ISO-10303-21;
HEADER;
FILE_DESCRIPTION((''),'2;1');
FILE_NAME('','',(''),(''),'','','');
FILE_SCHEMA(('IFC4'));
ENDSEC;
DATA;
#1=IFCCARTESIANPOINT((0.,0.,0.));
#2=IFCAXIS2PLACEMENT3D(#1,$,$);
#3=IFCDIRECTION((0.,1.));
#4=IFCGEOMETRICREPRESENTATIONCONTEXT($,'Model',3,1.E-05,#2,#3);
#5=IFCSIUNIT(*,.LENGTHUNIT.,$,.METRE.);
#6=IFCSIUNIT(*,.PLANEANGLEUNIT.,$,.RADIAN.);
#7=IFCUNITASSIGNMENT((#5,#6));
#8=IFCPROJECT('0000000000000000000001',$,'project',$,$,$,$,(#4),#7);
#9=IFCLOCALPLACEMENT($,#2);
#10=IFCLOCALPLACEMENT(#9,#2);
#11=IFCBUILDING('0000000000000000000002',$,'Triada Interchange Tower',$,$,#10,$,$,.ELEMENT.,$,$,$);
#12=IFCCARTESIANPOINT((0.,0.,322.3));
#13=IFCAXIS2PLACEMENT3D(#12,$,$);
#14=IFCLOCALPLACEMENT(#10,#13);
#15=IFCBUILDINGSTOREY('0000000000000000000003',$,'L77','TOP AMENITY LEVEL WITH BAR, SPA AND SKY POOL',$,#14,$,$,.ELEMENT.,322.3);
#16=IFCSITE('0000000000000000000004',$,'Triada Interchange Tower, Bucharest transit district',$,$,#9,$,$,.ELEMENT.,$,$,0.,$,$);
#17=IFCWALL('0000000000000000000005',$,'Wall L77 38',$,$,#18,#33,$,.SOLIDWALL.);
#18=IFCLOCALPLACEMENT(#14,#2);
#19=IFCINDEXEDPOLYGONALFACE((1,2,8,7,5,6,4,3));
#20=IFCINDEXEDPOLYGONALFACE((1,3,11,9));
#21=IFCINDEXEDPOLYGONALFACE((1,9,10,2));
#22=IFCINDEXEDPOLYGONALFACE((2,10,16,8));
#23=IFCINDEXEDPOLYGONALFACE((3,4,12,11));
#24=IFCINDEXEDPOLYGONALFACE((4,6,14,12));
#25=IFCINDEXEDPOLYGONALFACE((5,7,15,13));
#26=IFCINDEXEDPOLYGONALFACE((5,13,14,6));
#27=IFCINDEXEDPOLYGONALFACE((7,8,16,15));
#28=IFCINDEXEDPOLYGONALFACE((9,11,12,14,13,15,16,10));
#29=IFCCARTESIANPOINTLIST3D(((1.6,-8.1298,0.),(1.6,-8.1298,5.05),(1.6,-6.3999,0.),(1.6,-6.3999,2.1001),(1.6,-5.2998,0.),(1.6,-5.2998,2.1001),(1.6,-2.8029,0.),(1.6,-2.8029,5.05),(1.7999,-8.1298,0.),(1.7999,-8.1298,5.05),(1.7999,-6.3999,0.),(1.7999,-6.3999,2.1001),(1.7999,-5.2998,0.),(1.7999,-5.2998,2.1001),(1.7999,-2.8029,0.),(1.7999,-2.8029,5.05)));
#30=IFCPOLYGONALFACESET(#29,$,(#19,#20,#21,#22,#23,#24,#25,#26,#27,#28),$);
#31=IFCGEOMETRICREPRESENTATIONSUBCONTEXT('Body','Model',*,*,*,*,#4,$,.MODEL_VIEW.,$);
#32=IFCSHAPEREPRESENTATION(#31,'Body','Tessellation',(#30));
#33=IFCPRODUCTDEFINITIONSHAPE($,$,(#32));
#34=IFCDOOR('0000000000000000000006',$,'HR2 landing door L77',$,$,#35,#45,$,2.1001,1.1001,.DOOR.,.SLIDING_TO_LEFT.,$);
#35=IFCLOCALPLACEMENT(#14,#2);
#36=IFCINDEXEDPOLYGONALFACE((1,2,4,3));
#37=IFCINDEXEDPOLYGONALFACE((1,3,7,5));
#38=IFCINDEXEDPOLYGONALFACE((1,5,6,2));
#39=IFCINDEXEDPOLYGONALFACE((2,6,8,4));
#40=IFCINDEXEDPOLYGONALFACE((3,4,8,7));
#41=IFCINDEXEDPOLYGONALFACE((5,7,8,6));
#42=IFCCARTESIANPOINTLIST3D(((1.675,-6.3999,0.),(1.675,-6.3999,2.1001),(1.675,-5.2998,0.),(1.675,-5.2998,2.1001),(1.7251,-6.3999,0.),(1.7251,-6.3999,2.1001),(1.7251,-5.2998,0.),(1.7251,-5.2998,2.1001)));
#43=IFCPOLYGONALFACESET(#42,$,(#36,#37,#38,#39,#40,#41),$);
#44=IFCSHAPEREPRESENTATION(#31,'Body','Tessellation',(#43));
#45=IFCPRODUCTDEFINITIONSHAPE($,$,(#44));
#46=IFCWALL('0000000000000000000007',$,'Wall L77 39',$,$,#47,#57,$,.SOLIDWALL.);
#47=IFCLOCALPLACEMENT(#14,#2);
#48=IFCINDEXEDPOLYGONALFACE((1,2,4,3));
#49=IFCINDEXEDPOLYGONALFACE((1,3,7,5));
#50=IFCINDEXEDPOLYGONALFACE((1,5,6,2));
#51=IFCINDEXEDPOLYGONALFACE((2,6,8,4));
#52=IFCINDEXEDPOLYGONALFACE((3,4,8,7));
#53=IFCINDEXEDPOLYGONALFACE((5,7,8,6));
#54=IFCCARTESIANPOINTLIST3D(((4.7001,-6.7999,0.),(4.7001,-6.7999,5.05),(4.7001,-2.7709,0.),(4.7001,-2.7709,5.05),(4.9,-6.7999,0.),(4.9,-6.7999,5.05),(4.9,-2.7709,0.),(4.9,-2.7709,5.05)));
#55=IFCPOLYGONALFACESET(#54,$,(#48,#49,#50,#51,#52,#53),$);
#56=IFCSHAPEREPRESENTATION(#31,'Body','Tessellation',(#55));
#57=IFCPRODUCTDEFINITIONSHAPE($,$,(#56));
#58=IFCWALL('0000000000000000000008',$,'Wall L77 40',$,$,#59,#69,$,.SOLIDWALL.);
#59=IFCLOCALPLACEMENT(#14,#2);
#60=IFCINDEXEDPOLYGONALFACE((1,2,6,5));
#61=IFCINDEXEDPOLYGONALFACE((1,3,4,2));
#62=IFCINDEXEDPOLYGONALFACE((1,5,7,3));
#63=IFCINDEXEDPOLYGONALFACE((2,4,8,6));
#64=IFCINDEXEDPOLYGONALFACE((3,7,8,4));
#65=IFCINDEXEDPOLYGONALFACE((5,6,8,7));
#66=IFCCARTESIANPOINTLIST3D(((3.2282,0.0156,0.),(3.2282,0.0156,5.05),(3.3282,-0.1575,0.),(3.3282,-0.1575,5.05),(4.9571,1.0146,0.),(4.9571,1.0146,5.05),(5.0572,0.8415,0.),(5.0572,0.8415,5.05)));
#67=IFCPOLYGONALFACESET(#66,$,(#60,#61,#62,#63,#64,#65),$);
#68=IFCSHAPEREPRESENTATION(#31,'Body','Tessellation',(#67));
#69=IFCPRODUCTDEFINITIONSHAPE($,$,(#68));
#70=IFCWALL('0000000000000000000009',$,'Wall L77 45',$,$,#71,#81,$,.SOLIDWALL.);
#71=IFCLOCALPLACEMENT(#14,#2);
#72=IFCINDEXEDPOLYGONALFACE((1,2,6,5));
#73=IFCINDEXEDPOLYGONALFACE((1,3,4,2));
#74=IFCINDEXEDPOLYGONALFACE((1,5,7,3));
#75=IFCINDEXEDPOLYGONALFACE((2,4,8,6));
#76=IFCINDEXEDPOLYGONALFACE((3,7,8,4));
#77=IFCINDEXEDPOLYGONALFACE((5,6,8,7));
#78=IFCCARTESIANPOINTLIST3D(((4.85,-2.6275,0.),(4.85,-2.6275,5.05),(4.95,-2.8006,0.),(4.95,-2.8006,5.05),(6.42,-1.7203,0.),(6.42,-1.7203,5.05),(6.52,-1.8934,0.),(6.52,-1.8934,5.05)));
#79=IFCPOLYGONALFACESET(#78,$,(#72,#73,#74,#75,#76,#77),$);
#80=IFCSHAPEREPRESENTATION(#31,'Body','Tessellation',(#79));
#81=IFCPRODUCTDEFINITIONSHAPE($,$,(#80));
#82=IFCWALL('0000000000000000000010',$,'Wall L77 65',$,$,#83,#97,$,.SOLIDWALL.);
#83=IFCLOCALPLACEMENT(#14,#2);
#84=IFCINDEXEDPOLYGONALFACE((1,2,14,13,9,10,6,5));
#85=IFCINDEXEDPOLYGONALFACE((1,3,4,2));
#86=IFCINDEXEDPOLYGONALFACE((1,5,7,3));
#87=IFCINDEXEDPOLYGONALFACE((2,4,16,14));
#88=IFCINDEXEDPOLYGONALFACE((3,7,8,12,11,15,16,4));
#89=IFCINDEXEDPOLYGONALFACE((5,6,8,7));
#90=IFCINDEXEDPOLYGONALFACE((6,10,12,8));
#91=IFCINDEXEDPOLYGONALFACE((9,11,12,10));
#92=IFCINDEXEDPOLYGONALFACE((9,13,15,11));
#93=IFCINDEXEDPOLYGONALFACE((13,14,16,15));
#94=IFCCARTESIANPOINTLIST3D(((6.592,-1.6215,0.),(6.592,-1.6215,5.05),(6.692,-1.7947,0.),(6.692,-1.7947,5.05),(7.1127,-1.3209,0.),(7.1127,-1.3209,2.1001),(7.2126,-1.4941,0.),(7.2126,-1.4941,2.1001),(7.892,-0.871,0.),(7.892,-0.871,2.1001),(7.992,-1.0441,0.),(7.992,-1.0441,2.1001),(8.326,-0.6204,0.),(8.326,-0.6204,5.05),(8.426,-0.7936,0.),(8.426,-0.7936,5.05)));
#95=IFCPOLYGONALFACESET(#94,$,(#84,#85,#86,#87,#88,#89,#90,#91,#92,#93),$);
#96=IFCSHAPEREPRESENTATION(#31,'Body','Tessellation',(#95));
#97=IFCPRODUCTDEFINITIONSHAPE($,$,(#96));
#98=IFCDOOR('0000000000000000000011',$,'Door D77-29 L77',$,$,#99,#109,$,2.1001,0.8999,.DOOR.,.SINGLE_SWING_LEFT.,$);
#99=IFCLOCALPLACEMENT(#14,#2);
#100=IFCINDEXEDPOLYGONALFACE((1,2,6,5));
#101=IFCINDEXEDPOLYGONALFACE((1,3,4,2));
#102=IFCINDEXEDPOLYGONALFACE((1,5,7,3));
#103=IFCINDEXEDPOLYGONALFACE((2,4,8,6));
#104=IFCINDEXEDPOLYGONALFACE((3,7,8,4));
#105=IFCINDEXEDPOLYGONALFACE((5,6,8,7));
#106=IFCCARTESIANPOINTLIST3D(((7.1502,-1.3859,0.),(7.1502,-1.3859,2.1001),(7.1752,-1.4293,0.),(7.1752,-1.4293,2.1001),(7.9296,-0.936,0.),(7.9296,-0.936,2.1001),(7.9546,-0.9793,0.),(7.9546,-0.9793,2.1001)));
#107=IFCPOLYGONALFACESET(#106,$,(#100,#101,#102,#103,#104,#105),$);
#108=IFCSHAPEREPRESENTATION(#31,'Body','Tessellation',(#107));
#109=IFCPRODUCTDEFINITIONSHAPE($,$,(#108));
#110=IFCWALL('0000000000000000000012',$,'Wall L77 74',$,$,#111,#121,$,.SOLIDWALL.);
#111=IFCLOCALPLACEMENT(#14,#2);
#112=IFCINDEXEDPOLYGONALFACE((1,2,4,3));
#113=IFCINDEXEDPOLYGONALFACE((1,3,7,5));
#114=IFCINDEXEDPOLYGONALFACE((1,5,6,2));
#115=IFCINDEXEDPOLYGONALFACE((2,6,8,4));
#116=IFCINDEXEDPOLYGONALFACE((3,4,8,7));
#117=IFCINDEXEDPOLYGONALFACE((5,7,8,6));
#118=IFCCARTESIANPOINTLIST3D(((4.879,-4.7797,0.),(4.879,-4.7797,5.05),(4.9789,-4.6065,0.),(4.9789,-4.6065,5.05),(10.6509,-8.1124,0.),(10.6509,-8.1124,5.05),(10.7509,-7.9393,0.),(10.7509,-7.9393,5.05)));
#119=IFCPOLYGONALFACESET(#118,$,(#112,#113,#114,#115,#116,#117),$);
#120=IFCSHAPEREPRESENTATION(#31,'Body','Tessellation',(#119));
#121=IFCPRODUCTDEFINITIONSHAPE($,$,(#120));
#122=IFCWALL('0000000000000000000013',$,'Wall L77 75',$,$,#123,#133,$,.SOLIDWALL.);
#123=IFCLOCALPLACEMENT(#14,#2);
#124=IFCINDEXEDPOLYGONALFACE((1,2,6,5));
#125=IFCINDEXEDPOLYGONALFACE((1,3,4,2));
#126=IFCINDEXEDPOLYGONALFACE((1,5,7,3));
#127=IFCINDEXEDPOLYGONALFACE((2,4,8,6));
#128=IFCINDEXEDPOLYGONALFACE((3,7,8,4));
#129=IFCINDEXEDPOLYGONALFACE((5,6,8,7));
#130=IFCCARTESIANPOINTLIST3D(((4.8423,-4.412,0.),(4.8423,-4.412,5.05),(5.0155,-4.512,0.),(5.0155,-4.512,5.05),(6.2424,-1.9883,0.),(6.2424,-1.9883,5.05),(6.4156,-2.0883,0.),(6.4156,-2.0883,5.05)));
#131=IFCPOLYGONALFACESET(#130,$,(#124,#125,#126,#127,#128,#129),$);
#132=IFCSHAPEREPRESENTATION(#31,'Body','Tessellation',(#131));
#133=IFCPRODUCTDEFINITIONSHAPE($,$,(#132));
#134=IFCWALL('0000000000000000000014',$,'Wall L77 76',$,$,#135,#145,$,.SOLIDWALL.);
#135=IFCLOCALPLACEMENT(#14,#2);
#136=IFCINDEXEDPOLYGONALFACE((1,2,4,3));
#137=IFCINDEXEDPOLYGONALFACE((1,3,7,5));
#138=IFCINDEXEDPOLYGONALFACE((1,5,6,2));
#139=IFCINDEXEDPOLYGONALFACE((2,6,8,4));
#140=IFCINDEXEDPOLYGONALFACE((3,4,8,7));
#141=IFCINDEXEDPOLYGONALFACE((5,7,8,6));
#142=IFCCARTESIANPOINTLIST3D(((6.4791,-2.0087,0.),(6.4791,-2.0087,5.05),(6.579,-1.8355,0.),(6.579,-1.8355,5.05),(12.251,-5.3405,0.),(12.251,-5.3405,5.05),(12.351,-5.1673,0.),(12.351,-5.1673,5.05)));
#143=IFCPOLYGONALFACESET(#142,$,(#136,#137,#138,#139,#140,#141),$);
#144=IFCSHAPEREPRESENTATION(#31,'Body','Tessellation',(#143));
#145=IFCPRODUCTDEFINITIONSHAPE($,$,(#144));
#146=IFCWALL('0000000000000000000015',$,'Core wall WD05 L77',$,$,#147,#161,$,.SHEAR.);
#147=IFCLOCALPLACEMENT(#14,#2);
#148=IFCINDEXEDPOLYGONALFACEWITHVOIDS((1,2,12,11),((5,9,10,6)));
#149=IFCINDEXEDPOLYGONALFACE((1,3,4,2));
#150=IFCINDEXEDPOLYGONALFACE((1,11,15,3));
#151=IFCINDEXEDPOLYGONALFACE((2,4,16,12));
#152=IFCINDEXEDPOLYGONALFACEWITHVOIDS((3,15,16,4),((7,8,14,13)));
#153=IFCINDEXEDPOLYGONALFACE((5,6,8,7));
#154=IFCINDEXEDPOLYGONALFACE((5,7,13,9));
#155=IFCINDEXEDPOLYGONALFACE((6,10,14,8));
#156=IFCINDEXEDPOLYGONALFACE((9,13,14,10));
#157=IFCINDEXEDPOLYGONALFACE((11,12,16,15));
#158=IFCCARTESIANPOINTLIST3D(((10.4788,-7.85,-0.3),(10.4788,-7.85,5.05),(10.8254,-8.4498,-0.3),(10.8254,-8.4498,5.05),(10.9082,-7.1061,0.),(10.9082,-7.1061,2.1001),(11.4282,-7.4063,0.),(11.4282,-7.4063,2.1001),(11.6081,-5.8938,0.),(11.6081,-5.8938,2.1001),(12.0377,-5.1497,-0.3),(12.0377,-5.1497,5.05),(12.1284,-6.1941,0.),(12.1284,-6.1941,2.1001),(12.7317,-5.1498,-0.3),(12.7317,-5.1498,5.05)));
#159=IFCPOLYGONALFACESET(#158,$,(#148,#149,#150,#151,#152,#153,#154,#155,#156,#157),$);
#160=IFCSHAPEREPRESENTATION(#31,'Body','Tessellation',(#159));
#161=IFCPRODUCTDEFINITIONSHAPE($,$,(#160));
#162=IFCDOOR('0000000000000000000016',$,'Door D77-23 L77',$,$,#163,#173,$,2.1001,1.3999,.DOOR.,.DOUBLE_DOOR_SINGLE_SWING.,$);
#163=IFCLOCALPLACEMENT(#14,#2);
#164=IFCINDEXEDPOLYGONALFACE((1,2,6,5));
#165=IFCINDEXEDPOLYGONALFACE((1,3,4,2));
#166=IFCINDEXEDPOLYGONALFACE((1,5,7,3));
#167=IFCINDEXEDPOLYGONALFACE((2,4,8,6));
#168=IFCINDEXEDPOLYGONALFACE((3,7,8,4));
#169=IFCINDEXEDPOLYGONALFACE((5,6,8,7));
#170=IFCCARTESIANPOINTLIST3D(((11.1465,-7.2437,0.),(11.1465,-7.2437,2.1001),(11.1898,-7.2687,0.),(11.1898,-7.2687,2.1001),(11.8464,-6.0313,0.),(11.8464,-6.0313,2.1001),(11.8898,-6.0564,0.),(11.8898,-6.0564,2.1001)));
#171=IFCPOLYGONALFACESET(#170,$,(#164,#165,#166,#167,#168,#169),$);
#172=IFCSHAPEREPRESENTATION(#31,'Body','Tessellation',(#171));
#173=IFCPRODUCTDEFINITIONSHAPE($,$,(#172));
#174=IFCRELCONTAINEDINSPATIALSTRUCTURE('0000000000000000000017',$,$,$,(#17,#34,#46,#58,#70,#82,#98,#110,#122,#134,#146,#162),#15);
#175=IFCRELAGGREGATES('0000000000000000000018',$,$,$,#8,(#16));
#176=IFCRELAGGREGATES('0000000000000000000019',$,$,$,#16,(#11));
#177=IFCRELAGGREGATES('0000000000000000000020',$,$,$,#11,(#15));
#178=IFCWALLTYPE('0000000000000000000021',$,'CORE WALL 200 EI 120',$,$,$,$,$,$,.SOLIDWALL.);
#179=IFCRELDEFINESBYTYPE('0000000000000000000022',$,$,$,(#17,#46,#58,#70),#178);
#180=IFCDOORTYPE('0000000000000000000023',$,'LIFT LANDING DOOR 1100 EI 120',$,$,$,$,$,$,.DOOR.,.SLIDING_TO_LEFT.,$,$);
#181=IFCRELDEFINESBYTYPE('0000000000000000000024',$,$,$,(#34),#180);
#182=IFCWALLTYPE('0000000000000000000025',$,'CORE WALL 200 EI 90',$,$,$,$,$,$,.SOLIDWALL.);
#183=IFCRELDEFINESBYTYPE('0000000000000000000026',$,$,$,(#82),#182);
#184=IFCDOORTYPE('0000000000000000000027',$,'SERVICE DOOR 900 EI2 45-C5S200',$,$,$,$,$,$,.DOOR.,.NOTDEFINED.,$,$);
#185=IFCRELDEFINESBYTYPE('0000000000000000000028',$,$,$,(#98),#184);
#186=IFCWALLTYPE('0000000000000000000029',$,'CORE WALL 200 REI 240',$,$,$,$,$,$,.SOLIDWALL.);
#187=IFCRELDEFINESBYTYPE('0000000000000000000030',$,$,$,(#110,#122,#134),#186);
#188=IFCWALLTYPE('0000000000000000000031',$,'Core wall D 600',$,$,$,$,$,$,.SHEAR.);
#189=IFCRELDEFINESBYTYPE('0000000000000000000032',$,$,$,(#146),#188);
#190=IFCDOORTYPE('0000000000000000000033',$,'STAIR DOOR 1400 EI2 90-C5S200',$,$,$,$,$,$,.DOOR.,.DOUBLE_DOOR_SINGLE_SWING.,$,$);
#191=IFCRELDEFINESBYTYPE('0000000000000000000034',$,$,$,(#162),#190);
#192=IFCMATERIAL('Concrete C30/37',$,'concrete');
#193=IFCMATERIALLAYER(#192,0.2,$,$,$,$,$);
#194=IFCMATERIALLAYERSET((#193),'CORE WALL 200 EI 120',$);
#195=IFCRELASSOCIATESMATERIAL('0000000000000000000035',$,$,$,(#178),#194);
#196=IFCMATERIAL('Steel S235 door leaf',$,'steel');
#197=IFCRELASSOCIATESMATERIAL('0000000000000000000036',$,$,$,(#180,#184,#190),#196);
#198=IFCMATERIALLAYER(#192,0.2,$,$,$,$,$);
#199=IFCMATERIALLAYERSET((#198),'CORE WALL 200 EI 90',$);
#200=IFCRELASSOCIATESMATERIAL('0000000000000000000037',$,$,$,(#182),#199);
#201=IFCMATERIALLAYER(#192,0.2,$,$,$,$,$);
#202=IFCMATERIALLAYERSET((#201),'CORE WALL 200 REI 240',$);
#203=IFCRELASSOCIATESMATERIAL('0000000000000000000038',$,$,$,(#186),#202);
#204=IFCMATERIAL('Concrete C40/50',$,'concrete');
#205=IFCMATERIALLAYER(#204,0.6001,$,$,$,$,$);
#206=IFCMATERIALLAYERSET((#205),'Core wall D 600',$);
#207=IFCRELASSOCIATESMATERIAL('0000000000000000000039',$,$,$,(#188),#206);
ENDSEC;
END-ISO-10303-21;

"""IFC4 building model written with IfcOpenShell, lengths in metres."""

from ifc_helpers import new_model, si_unit, direction, frame, frame_2d, origin, place, context, subcontext, project, spatial, polyline, rectangle, outline, extrude, material, layer, layer_set, type_object, element, fill, save


model = new_model("IFC4")

# Units and contexts
model_context = context("Model", 3, precision=1e-05, world=origin(), true_north=direction((0.0, 1.0)))
body_context = subcontext(model_context, "Body", "Model", "MODEL_VIEW")
ifc_project = project(units=[si_unit("LENGTHUNIT", "METRE"), si_unit("PLANEANGLEUNIT", "RADIAN")], contexts=[model_context])

# Site, building, storey
site_placement = place(None, origin())
site = spatial("IfcSite", under=ifc_project, at=site_placement, Name="Triada Interchange Tower, Bucharest transit district", CompositionType="ELEMENT", RefElevation=0.0)
building_placement = place(site_placement, origin())
building = spatial("IfcBuilding", under=site, at=building_placement, Name="Triada Interchange Tower", CompositionType="ELEMENT")
storey_placement = place(building_placement, frame((0.0, 0.0, 322.3)))
storey = spatial("IfcBuildingStorey", under=building, at=storey_placement, Name="L77", Description="TOP AMENITY LEVEL WITH BAR, SPA AND SKY POOL", CompositionType="ELEMENT", Elevation=322.3)

# Shared definitions
ifc_material_1 = material(Name="Concrete C40/50", Category="concrete")

# Shared definitions
ifc_material_2 = material(Name="Concrete C30/37", Category="concrete")
ifc_layer_1 = layer(ifc_material_2, 0.2)
ifc_layer_set_1 = layer_set([ifc_layer_1], Name="CORE WALL 200 EI 120")
wall_type_1 = type_object("IfcWallType", Name="CORE WALL 200 EI 120", PredefinedType="SOLIDWALL", material=ifc_layer_set_1)

# Wall, opening, door
ifc_material_3 = material(Name="Steel S235 door leaf", Category="steel")
door_type_1 = type_object("IfcDoorType", Name="LIFT LANDING DOOR 1100 EI 120", OperationType="SLIDING_TO_LEFT", PredefinedType="DOOR", material=ifc_material_3)
wall_1_placement = place(storey_placement, frame((1.7, -8.1299, 0.0), z_axis=(0.0, 0.0, 1.0), x_axis=(0.0, 1.0, 0.0)))
wall_1 = element("IfcWall", 1, at=wall_1_placement, inside=storey, type_object=wall_type_1, Name="Wall L77 38", PredefinedType="SOLIDWALL", context=body_context, shape_type="SweptSolid", body=[
    extrude(rectangle(XDim=5.3269, YDim=0.2, at=frame_2d((2.6636, 0.0))), origin(), (0.0, 0.0, 1.0), 5.05),
])
opening_1_placement = place(wall_1_placement, frame((1.73, 0.0, 0.0)))
opening_1 = element("IfcOpeningElement", 2, at=opening_1_placement, cuts=wall_1, PredefinedType="OPENING", context=body_context, shape_type="SweptSolid", body=[
    extrude(rectangle(XDim=1.1001, YDim=2.1001, at=frame_2d((0.55, 1.05))), frame((0.0, 0.1099, 0.0), z_axis=(0.0, -1.0, 0.0), x_axis=(1.0, 0.0, 0.0)), (0.0, 0.0, 1.0), 0.22),
])
door_1_placement = place(opening_1_placement, origin())
door_1 = element("IfcDoor", 3, at=door_1_placement, inside=storey, type_object=door_type_1, Name="HR2 landing door L77", OperationType="SLIDING_TO_LEFT", OverallHeight=2.1001, OverallWidth=1.1001, PredefinedType="DOOR", context=body_context, shape_type="SweptSolid", body=[
    extrude(rectangle(XDim=1.1001, YDim=2.1001, at=frame_2d((0.55, 1.05))), frame((0.0, 0.0249, 0.0), z_axis=(0.0, -1.0, 0.0), x_axis=(1.0, 0.0, 0.0)), (0.0, 0.0, 1.0), 0.05),
])
fill(opening_1, door_1)

# Walls
wall_2_placement = place(storey_placement, frame((4.8, -6.8, 0.0), z_axis=(0.0, 0.0, 1.0), x_axis=(0.0, 1.0, 0.0)))
element("IfcWall", 4, at=wall_2_placement, inside=storey, type_object=wall_type_1, Name="Wall L77 39", PredefinedType="SOLIDWALL", context=body_context, shape_type="SweptSolid", body=[
    extrude(rectangle(XDim=4.0291, YDim=0.2, at=frame_2d((2.0146, 0.0))), origin(), (0.0, 0.0, 1.0), 5.05),
])
wall_3_placement = place(storey_placement, frame((3.2781, -0.071, 0.0), z_axis=(0.0, 0.0, 1.0), x_axis=(0.865856, 0.500294, 0.0)))
element("IfcWall", 5, at=wall_3_placement, inside=storey, type_object=wall_type_1, Name="Wall L77 40", PredefinedType="SOLIDWALL", context=body_context, shape_type="SweptSolid", body=[
    extrude(rectangle(XDim=1.9968, YDim=0.2, at=frame_2d((0.9985, 0.0))), origin(), (0.0, 0.0, 1.0), 5.05),
])
wall_4_placement = place(storey_placement, frame((4.8999, -2.7141, 0.0), z_axis=(0.0, 0.0, 1.0), x_axis=(0.865847, 0.500309, 0.0)))
element("IfcWall", 6, at=wall_4_placement, inside=storey, type_object=wall_type_1, Name="Wall L77 45", PredefinedType="SOLIDWALL", context=body_context, shape_type="SweptSolid", body=[
    extrude(rectangle(XDim=1.8132, YDim=0.2, at=frame_2d((0.9067, 0.0))), origin(), (0.0, 0.0, 1.0), 5.05),
])

# Wall, opening, door
ifc_layer_2 = layer(ifc_material_2, 0.2)
ifc_layer_set_2 = layer_set([ifc_layer_2], Name="CORE WALL 200 EI 90")
wall_type_2 = type_object("IfcWallType", Name="CORE WALL 200 EI 90", PredefinedType="SOLIDWALL", material=ifc_layer_set_2)
wall_5_placement = place(storey_placement, frame((6.6421, -1.708, 0.0), z_axis=(0.0, 0.0, 1.0), x_axis=(0.866043, 0.499969, 0.0)))
wall_5 = element("IfcWall", 7, at=wall_5_placement, inside=storey, type_object=wall_type_2, Name="Wall L77 65", PredefinedType="SOLIDWALL", context=body_context, shape_type="SweptSolid", body=[
    extrude(rectangle(XDim=2.0022, YDim=0.2, at=frame_2d((1.001, 0.0))), origin(), (0.0, 0.0, 1.0), 5.05),
])
opening_2_placement = place(wall_5_placement, frame((0.6011, 0.0, 0.0)))
opening_2 = element("IfcOpeningElement", 8, at=opening_2_placement, cuts=wall_5, PredefinedType="OPENING", context=body_context, shape_type="SweptSolid", body=[
    extrude(rectangle(XDim=0.8999, YDim=2.1001, at=frame_2d((0.45, 1.05))), frame((0.0, 0.1099, 0.0), z_axis=(0.0, -1.0, 0.0), x_axis=(1.0, 0.0, 0.0)), (0.0, 0.0, 1.0), 0.22),
])
door_type_2 = type_object("IfcDoorType", Name="SERVICE DOOR 900 EI2 45-C5S200", OperationType="NOTDEFINED", PredefinedType="DOOR", material=ifc_material_3)
door_2_placement = place(opening_2_placement, origin())
door_2 = element("IfcDoor", 9, at=door_2_placement, inside=storey, type_object=door_type_2, Name="Door D77-29 L77", OperationType="SINGLE_SWING_LEFT", OverallHeight=2.1001, OverallWidth=0.8999, PredefinedType="DOOR", context=body_context, shape_type="SweptSolid", body=[
    extrude(rectangle(XDim=0.8999, YDim=2.1001, at=frame_2d((0.45, 1.05))), frame((0.0, 0.0249, 0.0), z_axis=(0.0, -1.0, 0.0), x_axis=(1.0, 0.0, 0.0)), (0.0, 0.0, 1.0), 0.05),
])
fill(opening_2, door_2)

# Walls
ifc_layer_3 = layer(ifc_material_2, 0.2)
ifc_layer_set_3 = layer_set([ifc_layer_3], Name="CORE WALL 200 REI 240")
wall_type_3 = type_object("IfcWallType", Name="CORE WALL 200 REI 240", PredefinedType="SOLIDWALL", material=ifc_layer_set_3)
wall_6_placement = place(storey_placement, frame((4.929, -4.6931, 0.0), z_axis=(0.0, 0.0, 1.0), x_axis=(0.866005, -0.500035, 0.0)))
element("IfcWall", 10, at=wall_6_placement, inside=storey, type_object=wall_type_3, Name="Wall L77 74", PredefinedType="SOLIDWALL", context=body_context, shape_type="SweptSolid", body=[
    extrude(rectangle(XDim=6.665, YDim=0.2, at=frame_2d((3.3325, 0.0))), origin(), (0.0, 0.0, 1.0), 5.05),
])
wall_7_placement = place(storey_placement, frame((4.929, -4.4619, 0.0), z_axis=(0.0, 0.0, 1.0), x_axis=(0.500201, 0.86591, 0.0)))
element("IfcWall", 11, at=wall_7_placement, inside=storey, type_object=wall_type_3, Name="Wall L77 75", PredefinedType="SOLIDWALL", context=body_context, shape_type="SweptSolid", body=[
    extrude(rectangle(XDim=2.7991, YDim=0.2, at=frame_2d((1.3994, 0.0))), origin(), (0.0, 0.0, 1.0), 5.05),
])
wall_8_placement = place(storey_placement, frame((6.5291, -1.9221, 0.0), z_axis=(0.0, 0.0, 1.0), x_axis=(0.866068, -0.499925, 0.0)))
element("IfcWall", 12, at=wall_8_placement, inside=storey, type_object=wall_type_3, Name="Wall L77 76", PredefinedType="SOLIDWALL", context=body_context, shape_type="SweptSolid", body=[
    extrude(rectangle(XDim=6.6646, YDim=0.2, at=frame_2d((3.3323, 0.0))), origin(), (0.0, 0.0, 1.0), 5.05),
])

# Wall, opening, door
ifc_layer_4 = layer(ifc_material_1, 0.6001)
ifc_layer_set_4 = layer_set([ifc_layer_4], Name="Core wall D 600")
wall_type_4 = type_object("IfcWallType", Name="Core wall D 600", PredefinedType="SHEAR", material=ifc_layer_set_4)
wall_9_placement = place(storey_placement, frame((10.6521, -8.1499, -0.3), z_axis=(0.0, 0.0, 1.0), x_axis=(0.499975, 0.86604, 0.0)))
wall_9 = element("IfcWall", 13, at=wall_9_placement, inside=storey, type_object=wall_type_4, Name="Core wall WD05 L77", PredefinedType="SHEAR", context=body_context, shape_type="SweptSolid", body=[
    extrude(outline(polyline([(-0.1731, -0.3), (1.7324, -0.3005), (3.6379, -0.301), (3.291, 0.3), (1.7319, 0.3), (0.1731, 0.3), (-0.1731, -0.3)])), origin(), (0.0, 0.0, 1.0), 5.3501),
])
opening_3_placement = place(wall_9_placement, frame((1.032, 0.0, 0.3)))
opening_3 = element("IfcOpeningElement", 14, at=opening_3_placement, cuts=wall_9, PredefinedType="OPENING", context=body_context, shape_type="SweptSolid", body=[
    extrude(rectangle(XDim=1.3999, YDim=2.1001, at=frame_2d((0.7, 1.05))), frame((0.0, 0.3101, 0.0), z_axis=(0.0, -1.0, 0.0), x_axis=(1.0, 0.0, 0.0)), (0.0, 0.0, 1.0), 0.6211),
])
door_type_3 = type_object("IfcDoorType", Name="STAIR DOOR 1400 EI2 90-C5S200", OperationType="DOUBLE_DOOR_SINGLE_SWING", PredefinedType="DOOR", material=ifc_material_3)
door_3_placement = place(opening_3_placement, origin())
door_3 = element("IfcDoor", 15, at=door_3_placement, inside=storey, type_object=door_type_3, Name="Door D77-23 L77", OperationType="DOUBLE_DOOR_SINGLE_SWING", OverallHeight=2.1001, OverallWidth=1.3999, PredefinedType="DOOR", context=body_context, shape_type="SweptSolid", body=[
    extrude(rectangle(XDim=1.3999, YDim=2.1001, at=frame_2d((0.7, 1.05))), frame((0.0, 0.0249, 0.0), z_axis=(0.0, -1.0, 0.0), x_axis=(1.0, 0.0, 0.0)), (0.0, 0.0, 1.0), 0.05),
])
fill(opening_3, door_3)

save(model, "model.ifc")
